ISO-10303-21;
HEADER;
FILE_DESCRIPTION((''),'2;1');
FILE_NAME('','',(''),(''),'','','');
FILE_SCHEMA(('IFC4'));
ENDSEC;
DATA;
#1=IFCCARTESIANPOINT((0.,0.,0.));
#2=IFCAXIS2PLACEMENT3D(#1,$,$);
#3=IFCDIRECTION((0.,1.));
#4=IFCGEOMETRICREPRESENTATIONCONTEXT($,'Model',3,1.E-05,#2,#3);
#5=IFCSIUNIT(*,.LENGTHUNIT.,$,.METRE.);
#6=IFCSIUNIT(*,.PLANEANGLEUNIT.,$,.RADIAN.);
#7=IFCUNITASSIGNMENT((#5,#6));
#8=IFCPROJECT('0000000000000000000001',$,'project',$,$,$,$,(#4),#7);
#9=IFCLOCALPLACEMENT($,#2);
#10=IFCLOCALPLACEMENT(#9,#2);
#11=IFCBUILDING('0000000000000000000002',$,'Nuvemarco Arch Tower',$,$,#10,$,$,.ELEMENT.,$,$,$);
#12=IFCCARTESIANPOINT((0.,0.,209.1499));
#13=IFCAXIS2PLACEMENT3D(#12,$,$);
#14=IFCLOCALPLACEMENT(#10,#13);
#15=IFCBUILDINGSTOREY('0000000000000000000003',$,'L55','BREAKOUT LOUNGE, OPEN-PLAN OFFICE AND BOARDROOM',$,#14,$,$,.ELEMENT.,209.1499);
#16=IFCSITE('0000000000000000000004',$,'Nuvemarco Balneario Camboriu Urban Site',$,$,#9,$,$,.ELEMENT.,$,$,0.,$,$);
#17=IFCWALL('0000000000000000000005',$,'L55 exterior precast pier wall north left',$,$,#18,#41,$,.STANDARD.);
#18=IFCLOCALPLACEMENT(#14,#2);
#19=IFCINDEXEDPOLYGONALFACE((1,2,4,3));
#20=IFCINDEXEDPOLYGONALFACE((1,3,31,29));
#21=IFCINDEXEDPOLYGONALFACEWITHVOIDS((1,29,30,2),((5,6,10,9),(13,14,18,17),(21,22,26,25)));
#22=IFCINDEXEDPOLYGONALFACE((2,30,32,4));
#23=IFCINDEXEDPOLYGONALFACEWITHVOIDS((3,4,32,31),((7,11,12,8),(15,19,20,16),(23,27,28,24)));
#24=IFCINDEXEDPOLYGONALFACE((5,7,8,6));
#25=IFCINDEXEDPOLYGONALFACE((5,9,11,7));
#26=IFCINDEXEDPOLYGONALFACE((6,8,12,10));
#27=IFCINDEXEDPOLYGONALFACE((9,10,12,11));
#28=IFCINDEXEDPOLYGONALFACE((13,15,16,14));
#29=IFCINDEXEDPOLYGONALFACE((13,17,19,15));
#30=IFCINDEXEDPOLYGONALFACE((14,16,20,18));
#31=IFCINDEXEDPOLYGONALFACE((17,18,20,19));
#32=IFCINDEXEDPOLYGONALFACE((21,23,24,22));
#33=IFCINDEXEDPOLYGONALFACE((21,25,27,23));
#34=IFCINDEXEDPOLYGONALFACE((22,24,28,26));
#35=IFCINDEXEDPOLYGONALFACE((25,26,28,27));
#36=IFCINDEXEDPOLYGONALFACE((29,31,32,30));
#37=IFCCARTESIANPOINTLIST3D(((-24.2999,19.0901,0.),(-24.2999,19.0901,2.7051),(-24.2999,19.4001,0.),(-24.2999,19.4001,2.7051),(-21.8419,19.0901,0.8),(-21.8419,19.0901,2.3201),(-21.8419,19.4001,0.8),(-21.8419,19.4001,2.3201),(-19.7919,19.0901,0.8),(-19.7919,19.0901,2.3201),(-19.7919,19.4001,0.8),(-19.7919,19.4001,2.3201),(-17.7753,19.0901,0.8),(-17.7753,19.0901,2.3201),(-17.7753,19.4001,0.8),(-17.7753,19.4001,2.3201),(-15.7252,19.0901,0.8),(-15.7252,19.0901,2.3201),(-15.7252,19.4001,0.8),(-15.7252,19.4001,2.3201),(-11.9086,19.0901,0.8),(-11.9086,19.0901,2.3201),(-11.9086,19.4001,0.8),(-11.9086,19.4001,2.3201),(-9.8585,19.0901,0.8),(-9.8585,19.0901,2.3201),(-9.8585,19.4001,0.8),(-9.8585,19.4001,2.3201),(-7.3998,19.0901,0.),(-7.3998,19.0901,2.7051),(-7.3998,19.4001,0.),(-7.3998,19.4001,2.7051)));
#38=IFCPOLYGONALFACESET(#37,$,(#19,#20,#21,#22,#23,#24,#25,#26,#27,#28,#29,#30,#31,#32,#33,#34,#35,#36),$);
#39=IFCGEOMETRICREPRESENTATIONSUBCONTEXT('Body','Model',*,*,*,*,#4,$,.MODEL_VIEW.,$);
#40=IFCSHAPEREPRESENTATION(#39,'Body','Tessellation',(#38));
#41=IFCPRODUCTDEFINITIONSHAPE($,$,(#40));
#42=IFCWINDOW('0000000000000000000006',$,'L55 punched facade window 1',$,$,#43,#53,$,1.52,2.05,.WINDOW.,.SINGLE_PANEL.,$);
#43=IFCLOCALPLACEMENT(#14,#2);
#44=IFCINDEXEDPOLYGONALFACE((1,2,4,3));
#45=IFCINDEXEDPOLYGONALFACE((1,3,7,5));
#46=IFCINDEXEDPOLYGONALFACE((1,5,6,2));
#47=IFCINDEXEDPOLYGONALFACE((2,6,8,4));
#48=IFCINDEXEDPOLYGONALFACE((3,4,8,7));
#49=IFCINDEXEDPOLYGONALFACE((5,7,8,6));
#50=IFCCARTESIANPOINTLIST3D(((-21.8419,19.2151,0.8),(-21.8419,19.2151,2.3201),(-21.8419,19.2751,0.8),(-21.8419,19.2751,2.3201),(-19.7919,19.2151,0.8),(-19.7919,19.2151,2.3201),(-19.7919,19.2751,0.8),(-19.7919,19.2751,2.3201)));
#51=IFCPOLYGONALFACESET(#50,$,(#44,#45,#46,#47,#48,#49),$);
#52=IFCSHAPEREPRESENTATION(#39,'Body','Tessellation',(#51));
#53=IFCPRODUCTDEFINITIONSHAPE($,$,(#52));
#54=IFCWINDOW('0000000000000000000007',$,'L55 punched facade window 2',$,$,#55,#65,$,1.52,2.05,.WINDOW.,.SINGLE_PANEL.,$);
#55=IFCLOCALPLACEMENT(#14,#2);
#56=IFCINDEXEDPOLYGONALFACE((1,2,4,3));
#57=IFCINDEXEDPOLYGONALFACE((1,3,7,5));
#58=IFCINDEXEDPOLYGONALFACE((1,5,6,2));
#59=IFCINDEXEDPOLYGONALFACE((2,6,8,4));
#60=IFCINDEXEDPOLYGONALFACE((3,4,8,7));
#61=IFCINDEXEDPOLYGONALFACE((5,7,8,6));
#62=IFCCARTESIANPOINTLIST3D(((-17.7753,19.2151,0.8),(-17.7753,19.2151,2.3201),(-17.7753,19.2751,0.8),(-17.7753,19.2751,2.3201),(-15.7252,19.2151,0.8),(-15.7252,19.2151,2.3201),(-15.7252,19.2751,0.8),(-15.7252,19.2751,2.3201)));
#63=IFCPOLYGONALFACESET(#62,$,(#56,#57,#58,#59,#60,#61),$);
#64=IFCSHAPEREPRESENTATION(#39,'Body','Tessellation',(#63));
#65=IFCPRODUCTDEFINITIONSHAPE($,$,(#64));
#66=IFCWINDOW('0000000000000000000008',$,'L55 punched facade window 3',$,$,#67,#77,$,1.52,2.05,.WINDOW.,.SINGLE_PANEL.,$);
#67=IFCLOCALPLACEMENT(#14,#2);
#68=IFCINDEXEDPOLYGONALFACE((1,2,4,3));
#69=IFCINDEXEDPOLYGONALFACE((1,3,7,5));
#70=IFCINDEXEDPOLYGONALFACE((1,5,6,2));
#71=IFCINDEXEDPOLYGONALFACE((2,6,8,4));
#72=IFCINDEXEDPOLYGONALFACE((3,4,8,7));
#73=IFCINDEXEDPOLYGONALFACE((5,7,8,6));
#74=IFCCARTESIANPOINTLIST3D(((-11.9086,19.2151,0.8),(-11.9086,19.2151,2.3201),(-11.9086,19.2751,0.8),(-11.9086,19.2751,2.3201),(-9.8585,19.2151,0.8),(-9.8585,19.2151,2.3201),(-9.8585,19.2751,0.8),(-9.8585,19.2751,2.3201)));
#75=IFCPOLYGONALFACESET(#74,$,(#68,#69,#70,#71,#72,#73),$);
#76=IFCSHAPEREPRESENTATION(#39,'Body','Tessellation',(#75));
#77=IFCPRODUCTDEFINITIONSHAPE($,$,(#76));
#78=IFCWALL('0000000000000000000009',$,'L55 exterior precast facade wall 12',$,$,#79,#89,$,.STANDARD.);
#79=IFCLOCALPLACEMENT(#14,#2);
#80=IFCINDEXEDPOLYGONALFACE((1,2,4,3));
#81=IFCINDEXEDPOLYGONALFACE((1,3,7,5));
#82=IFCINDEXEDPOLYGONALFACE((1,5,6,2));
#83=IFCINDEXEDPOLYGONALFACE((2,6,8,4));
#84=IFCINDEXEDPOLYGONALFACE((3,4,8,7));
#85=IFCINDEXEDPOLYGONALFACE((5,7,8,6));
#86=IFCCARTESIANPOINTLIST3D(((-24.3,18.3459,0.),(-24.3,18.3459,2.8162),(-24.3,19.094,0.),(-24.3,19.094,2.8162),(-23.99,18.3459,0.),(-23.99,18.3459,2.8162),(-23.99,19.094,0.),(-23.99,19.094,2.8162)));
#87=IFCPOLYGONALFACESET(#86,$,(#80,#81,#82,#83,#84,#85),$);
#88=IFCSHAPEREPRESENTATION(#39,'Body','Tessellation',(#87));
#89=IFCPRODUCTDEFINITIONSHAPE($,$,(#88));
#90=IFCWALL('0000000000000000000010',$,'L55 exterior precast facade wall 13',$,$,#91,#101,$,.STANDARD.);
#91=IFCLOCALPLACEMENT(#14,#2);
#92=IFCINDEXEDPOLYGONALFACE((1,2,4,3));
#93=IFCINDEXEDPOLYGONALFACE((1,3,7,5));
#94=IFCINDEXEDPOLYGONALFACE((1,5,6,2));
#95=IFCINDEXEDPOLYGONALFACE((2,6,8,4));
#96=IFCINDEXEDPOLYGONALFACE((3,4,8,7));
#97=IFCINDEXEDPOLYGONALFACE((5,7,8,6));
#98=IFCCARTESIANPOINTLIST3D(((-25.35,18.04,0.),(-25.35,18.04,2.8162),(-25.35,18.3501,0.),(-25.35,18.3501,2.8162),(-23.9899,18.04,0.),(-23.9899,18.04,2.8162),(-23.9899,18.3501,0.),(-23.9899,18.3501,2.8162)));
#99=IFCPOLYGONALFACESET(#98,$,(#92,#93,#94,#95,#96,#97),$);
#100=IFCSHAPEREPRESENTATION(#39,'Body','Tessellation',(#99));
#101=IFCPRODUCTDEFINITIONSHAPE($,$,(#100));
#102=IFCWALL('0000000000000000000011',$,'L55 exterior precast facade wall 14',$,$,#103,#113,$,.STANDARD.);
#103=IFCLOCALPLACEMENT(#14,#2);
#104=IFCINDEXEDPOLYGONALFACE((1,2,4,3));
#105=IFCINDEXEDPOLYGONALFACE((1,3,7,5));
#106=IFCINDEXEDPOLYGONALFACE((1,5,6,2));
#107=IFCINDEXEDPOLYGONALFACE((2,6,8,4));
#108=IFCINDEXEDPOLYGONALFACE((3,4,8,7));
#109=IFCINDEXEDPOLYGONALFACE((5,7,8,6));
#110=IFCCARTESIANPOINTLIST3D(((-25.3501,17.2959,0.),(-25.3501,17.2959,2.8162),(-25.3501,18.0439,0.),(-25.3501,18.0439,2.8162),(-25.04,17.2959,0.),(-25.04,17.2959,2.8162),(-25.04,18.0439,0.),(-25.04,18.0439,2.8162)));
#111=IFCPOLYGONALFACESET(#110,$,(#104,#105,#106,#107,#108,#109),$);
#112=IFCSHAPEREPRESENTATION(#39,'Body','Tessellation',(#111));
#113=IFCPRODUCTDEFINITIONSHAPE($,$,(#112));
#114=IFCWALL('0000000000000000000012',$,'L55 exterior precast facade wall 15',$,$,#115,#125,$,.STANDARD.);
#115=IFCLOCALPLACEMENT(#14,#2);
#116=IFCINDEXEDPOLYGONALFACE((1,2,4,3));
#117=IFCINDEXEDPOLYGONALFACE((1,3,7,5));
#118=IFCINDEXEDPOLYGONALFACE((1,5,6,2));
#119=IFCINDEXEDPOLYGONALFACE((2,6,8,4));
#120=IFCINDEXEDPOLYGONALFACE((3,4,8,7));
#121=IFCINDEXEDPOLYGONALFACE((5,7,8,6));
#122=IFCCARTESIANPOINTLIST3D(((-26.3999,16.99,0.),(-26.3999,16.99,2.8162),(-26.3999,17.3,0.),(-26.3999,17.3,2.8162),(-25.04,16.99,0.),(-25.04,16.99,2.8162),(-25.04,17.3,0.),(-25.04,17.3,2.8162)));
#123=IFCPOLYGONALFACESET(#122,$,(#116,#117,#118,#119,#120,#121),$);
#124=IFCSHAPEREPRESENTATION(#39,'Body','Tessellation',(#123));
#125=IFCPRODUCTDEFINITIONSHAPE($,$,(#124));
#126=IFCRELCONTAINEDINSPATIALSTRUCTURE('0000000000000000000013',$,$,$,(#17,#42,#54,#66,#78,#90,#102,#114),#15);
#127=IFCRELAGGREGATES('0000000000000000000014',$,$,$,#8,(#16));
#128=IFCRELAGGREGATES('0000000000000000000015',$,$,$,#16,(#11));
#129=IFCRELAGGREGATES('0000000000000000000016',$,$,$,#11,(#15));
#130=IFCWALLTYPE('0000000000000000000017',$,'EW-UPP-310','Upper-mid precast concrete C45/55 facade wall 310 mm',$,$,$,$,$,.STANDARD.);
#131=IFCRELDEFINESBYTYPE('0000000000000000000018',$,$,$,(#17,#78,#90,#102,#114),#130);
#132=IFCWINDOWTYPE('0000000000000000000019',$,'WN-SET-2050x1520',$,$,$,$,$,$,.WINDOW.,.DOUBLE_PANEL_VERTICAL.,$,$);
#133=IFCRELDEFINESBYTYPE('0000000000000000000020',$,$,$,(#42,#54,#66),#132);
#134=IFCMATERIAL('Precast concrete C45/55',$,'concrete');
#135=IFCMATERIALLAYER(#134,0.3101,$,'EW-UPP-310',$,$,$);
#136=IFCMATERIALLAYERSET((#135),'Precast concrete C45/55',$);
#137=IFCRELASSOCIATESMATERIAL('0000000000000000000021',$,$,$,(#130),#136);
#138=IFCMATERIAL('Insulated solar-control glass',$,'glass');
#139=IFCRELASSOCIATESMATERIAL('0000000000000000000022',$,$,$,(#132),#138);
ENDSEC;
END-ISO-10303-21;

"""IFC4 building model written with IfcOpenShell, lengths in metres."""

from ifc_helpers import new_model, si_unit, direction, frame, frame_2d, origin, place, context, subcontext, project, spatial, rectangle, extrude, source, transform, mapped, material, layer, layer_set, type_object, type_shapes, element, fill, save


model = new_model("IFC4")

# Units and contexts
model_context = context("Model", 3, precision=1e-05, world=origin(), true_north=direction((0.0, 1.0)))
body_context = subcontext(model_context, "Body", "Model", "MODEL_VIEW")
ifc_project = project(units=[si_unit("LENGTHUNIT", "METRE"), si_unit("PLANEANGLEUNIT", "RADIAN")], contexts=[model_context])

# Site, building, storey
site_placement = place(None, origin())
site = spatial("IfcSite", under=ifc_project, at=site_placement, Name="Nuvemarco Balneario Camboriu Urban Site", CompositionType="ELEMENT", RefElevation=0.0)
building_placement = place(site_placement, origin())
building = spatial("IfcBuilding", under=site, at=building_placement, Name="Nuvemarco Arch Tower", CompositionType="ELEMENT")
storey_placement = place(building_placement, frame((0.0, 0.0, 209.1499)))
storey = spatial("IfcBuildingStorey", under=building, at=storey_placement, Name="L55", Description="BREAKOUT LOUNGE, OPEN-PLAN OFFICE AND BOARDROOM", CompositionType="ELEMENT", Elevation=209.1499)

# Wall, openings, windows
ifc_material_1 = material(Name="Precast concrete C45/55", Category="concrete")
ifc_layer_1 = layer(ifc_material_1, 0.3101, Name="EW-UPP-310")
ifc_layer_set_1 = layer_set([ifc_layer_1], Name="Precast concrete C45/55")
wall_type_1 = type_object("IfcWallType", Name="EW-UPP-310", Description="Upper-mid precast concrete C45/55 facade wall 310 mm", PredefinedType="STANDARD", material=ifc_layer_set_1)
wall_1_placement = place(storey_placement, frame((-24.3, 19.2451, 0.0), z_axis=(0.0, 0.0, 1.0), x_axis=(1.0, 0.0, 0.0)))
wall_1 = element("IfcWall", 1, at=wall_1_placement, inside=storey, type_object=wall_type_1, Name="L55 exterior precast pier wall north left", PredefinedType="STANDARD", context=body_context, shape_type="SweptSolid", body=[
    extrude(rectangle(XDim=16.9001, YDim=0.3101, at=frame_2d((8.4502, 0.0))), origin(), (0.0, 0.0, 1.0), 2.7051),
])
opening_1_placement = place(wall_1_placement, frame((2.4583, 0.0, 0.8)))
opening_1 = element("IfcOpeningElement", 2, at=opening_1_placement, cuts=wall_1, PredefinedType="OPENING", context=body_context, shape_type="SweptSolid", body=[
    extrude(rectangle(XDim=2.05, YDim=1.52, at=frame_2d((1.0249, 0.76))), frame((0.0, 0.165, 0.0), z_axis=(0.0, -1.0, 0.0), x_axis=(1.0, 0.0, 0.0)), (0.0, 0.0, 1.0), 0.3301),
])
opening_2_placement = place(wall_1_placement, frame((6.5249, 0.0, 0.8)))
opening_2 = element("IfcOpeningElement", 3, at=opening_2_placement, cuts=wall_1, PredefinedType="OPENING", context=body_context, shape_type="SweptSolid", body=[
    extrude(rectangle(XDim=2.05, YDim=1.52, at=frame_2d((1.0249, 0.76))), frame((0.0, 0.165, 0.0), z_axis=(0.0, -1.0, 0.0), x_axis=(1.0, 0.0, 0.0)), (0.0, 0.0, 1.0), 0.3301),
])
opening_3_placement = place(wall_1_placement, frame((12.3916, 0.0, 0.8)))
opening_3 = element("IfcOpeningElement", 4, at=opening_3_placement, cuts=wall_1, PredefinedType="OPENING", context=body_context, shape_type="SweptSolid", body=[
    extrude(rectangle(XDim=2.05, YDim=1.52, at=frame_2d((1.0249, 0.76))), frame((0.0, 0.165, 0.0), z_axis=(0.0, -1.0, 0.0), x_axis=(1.0, 0.0, 0.0)), (0.0, 0.0, 1.0), 0.3301),
])
ifc_material_2 = material(Name="Insulated solar-control glass", Category="glass")
window_type = type_object("IfcWindowType", Name="WN-SET-2050x1520", PartitioningType="DOUBLE_PANEL_VERTICAL", PredefinedType="WINDOW", material=ifc_material_2)
shared_shape_1 = source(origin(), body_context, "Body", "SweptSolid", [
    extrude(rectangle(XDim=2.05, YDim=1.52, at=frame_2d((1.0249, 0.76))), frame((0.0, 0.03, 0.0), z_axis=(0.0, -1.0, 0.0), x_axis=(1.0, 0.0, 0.0)), (0.0, 0.0, 1.0), 0.0601),
])
type_shapes(window_type, [shared_shape_1])
window_1_placement = place(opening_1_placement, origin())
window_1 = element("IfcWindow", 5, at=window_1_placement, inside=storey, type_object=window_type, Name="L55 punched facade window 1", OverallHeight=1.52, OverallWidth=2.05, PartitioningType="SINGLE_PANEL", PredefinedType="WINDOW", context=body_context, shape_type="MappedRepresentation", body=[
    mapped(shared_shape_1, transform((0.0, 0.0, 0.0), scale=1.0)),
])
fill(opening_1, window_1)
window_2_placement = place(opening_2_placement, origin())
window_2 = element("IfcWindow", 6, at=window_2_placement, inside=storey, type_object=window_type, Name="L55 punched facade window 2", OverallHeight=1.52, OverallWidth=2.05, PartitioningType="SINGLE_PANEL", PredefinedType="WINDOW", context=body_context, shape_type="MappedRepresentation", body=[
    mapped(shared_shape_1, transform((0.0, 0.0, 0.0), scale=1.0)),
])
fill(opening_2, window_2)
window_3_placement = place(opening_3_placement, origin())
window_3 = element("IfcWindow", 7, at=window_3_placement, inside=storey, type_object=window_type, Name="L55 punched facade window 3", OverallHeight=1.52, OverallWidth=2.05, PartitioningType="SINGLE_PANEL", PredefinedType="WINDOW", context=body_context, shape_type="MappedRepresentation", body=[
    mapped(shared_shape_1, transform((0.0, 0.0, 0.0), scale=1.0)),
])
fill(opening_3, window_3)

# Walls
wall_2_placement = place(storey_placement, frame((-24.145, 18.3459, 0.0), z_axis=(0.0, 0.0, 1.0), x_axis=(0.0, 1.0, 0.0)))
element("IfcWall", 8, at=wall_2_placement, inside=storey, type_object=wall_type_1, Name="L55 exterior precast facade wall 12", PredefinedType="STANDARD", context=body_context, shape_type="SweptSolid", body=[
    extrude(rectangle(XDim=0.748, YDim=0.3101, at=frame_2d((0.374, 0.0))), origin(), (0.0, 0.0, 1.0), 2.8162),
])
wall_3_placement = place(storey_placement, frame((-25.3501, 18.1951, 0.0), z_axis=(0.0, 0.0, 1.0), x_axis=(1.0, 0.0, 0.0)))
element("IfcWall", 9, at=wall_3_placement, inside=storey, type_object=wall_type_1, Name="L55 exterior precast facade wall 13", PredefinedType="STANDARD", context=body_context, shape_type="SweptSolid", body=[
    extrude(rectangle(XDim=1.3601, YDim=0.3101, at=frame_2d((0.6802, 0.0))), origin(), (0.0, 0.0, 1.0), 2.8162),
])
wall_4_placement = place(storey_placement, frame((-25.1951, 17.2959, 0.0), z_axis=(0.0, 0.0, 1.0), x_axis=(0.0, 1.0, 0.0)))
element("IfcWall", 10, at=wall_4_placement, inside=storey, type_object=wall_type_1, Name="L55 exterior precast facade wall 14", PredefinedType="STANDARD", context=body_context, shape_type="SweptSolid", body=[
    extrude(rectangle(XDim=0.748, YDim=0.3101, at=frame_2d((0.374, 0.0))), origin(), (0.0, 0.0, 1.0), 2.8162),
])
wall_5_placement = place(storey_placement, frame((-26.3999, 17.145, 0.0), z_axis=(0.0, 0.0, 1.0), x_axis=(1.0, 0.0, 0.0)))
element("IfcWall", 11, at=wall_5_placement, inside=storey, type_object=wall_type_1, Name="L55 exterior precast facade wall 15", PredefinedType="STANDARD", context=body_context, shape_type="SweptSolid", body=[
    extrude(rectangle(XDim=1.3599, YDim=0.3101, at=frame_2d((0.6799, 0.0))), origin(), (0.0, 0.0, 1.0), 2.8162),
])

save(model, "model.ifc")
